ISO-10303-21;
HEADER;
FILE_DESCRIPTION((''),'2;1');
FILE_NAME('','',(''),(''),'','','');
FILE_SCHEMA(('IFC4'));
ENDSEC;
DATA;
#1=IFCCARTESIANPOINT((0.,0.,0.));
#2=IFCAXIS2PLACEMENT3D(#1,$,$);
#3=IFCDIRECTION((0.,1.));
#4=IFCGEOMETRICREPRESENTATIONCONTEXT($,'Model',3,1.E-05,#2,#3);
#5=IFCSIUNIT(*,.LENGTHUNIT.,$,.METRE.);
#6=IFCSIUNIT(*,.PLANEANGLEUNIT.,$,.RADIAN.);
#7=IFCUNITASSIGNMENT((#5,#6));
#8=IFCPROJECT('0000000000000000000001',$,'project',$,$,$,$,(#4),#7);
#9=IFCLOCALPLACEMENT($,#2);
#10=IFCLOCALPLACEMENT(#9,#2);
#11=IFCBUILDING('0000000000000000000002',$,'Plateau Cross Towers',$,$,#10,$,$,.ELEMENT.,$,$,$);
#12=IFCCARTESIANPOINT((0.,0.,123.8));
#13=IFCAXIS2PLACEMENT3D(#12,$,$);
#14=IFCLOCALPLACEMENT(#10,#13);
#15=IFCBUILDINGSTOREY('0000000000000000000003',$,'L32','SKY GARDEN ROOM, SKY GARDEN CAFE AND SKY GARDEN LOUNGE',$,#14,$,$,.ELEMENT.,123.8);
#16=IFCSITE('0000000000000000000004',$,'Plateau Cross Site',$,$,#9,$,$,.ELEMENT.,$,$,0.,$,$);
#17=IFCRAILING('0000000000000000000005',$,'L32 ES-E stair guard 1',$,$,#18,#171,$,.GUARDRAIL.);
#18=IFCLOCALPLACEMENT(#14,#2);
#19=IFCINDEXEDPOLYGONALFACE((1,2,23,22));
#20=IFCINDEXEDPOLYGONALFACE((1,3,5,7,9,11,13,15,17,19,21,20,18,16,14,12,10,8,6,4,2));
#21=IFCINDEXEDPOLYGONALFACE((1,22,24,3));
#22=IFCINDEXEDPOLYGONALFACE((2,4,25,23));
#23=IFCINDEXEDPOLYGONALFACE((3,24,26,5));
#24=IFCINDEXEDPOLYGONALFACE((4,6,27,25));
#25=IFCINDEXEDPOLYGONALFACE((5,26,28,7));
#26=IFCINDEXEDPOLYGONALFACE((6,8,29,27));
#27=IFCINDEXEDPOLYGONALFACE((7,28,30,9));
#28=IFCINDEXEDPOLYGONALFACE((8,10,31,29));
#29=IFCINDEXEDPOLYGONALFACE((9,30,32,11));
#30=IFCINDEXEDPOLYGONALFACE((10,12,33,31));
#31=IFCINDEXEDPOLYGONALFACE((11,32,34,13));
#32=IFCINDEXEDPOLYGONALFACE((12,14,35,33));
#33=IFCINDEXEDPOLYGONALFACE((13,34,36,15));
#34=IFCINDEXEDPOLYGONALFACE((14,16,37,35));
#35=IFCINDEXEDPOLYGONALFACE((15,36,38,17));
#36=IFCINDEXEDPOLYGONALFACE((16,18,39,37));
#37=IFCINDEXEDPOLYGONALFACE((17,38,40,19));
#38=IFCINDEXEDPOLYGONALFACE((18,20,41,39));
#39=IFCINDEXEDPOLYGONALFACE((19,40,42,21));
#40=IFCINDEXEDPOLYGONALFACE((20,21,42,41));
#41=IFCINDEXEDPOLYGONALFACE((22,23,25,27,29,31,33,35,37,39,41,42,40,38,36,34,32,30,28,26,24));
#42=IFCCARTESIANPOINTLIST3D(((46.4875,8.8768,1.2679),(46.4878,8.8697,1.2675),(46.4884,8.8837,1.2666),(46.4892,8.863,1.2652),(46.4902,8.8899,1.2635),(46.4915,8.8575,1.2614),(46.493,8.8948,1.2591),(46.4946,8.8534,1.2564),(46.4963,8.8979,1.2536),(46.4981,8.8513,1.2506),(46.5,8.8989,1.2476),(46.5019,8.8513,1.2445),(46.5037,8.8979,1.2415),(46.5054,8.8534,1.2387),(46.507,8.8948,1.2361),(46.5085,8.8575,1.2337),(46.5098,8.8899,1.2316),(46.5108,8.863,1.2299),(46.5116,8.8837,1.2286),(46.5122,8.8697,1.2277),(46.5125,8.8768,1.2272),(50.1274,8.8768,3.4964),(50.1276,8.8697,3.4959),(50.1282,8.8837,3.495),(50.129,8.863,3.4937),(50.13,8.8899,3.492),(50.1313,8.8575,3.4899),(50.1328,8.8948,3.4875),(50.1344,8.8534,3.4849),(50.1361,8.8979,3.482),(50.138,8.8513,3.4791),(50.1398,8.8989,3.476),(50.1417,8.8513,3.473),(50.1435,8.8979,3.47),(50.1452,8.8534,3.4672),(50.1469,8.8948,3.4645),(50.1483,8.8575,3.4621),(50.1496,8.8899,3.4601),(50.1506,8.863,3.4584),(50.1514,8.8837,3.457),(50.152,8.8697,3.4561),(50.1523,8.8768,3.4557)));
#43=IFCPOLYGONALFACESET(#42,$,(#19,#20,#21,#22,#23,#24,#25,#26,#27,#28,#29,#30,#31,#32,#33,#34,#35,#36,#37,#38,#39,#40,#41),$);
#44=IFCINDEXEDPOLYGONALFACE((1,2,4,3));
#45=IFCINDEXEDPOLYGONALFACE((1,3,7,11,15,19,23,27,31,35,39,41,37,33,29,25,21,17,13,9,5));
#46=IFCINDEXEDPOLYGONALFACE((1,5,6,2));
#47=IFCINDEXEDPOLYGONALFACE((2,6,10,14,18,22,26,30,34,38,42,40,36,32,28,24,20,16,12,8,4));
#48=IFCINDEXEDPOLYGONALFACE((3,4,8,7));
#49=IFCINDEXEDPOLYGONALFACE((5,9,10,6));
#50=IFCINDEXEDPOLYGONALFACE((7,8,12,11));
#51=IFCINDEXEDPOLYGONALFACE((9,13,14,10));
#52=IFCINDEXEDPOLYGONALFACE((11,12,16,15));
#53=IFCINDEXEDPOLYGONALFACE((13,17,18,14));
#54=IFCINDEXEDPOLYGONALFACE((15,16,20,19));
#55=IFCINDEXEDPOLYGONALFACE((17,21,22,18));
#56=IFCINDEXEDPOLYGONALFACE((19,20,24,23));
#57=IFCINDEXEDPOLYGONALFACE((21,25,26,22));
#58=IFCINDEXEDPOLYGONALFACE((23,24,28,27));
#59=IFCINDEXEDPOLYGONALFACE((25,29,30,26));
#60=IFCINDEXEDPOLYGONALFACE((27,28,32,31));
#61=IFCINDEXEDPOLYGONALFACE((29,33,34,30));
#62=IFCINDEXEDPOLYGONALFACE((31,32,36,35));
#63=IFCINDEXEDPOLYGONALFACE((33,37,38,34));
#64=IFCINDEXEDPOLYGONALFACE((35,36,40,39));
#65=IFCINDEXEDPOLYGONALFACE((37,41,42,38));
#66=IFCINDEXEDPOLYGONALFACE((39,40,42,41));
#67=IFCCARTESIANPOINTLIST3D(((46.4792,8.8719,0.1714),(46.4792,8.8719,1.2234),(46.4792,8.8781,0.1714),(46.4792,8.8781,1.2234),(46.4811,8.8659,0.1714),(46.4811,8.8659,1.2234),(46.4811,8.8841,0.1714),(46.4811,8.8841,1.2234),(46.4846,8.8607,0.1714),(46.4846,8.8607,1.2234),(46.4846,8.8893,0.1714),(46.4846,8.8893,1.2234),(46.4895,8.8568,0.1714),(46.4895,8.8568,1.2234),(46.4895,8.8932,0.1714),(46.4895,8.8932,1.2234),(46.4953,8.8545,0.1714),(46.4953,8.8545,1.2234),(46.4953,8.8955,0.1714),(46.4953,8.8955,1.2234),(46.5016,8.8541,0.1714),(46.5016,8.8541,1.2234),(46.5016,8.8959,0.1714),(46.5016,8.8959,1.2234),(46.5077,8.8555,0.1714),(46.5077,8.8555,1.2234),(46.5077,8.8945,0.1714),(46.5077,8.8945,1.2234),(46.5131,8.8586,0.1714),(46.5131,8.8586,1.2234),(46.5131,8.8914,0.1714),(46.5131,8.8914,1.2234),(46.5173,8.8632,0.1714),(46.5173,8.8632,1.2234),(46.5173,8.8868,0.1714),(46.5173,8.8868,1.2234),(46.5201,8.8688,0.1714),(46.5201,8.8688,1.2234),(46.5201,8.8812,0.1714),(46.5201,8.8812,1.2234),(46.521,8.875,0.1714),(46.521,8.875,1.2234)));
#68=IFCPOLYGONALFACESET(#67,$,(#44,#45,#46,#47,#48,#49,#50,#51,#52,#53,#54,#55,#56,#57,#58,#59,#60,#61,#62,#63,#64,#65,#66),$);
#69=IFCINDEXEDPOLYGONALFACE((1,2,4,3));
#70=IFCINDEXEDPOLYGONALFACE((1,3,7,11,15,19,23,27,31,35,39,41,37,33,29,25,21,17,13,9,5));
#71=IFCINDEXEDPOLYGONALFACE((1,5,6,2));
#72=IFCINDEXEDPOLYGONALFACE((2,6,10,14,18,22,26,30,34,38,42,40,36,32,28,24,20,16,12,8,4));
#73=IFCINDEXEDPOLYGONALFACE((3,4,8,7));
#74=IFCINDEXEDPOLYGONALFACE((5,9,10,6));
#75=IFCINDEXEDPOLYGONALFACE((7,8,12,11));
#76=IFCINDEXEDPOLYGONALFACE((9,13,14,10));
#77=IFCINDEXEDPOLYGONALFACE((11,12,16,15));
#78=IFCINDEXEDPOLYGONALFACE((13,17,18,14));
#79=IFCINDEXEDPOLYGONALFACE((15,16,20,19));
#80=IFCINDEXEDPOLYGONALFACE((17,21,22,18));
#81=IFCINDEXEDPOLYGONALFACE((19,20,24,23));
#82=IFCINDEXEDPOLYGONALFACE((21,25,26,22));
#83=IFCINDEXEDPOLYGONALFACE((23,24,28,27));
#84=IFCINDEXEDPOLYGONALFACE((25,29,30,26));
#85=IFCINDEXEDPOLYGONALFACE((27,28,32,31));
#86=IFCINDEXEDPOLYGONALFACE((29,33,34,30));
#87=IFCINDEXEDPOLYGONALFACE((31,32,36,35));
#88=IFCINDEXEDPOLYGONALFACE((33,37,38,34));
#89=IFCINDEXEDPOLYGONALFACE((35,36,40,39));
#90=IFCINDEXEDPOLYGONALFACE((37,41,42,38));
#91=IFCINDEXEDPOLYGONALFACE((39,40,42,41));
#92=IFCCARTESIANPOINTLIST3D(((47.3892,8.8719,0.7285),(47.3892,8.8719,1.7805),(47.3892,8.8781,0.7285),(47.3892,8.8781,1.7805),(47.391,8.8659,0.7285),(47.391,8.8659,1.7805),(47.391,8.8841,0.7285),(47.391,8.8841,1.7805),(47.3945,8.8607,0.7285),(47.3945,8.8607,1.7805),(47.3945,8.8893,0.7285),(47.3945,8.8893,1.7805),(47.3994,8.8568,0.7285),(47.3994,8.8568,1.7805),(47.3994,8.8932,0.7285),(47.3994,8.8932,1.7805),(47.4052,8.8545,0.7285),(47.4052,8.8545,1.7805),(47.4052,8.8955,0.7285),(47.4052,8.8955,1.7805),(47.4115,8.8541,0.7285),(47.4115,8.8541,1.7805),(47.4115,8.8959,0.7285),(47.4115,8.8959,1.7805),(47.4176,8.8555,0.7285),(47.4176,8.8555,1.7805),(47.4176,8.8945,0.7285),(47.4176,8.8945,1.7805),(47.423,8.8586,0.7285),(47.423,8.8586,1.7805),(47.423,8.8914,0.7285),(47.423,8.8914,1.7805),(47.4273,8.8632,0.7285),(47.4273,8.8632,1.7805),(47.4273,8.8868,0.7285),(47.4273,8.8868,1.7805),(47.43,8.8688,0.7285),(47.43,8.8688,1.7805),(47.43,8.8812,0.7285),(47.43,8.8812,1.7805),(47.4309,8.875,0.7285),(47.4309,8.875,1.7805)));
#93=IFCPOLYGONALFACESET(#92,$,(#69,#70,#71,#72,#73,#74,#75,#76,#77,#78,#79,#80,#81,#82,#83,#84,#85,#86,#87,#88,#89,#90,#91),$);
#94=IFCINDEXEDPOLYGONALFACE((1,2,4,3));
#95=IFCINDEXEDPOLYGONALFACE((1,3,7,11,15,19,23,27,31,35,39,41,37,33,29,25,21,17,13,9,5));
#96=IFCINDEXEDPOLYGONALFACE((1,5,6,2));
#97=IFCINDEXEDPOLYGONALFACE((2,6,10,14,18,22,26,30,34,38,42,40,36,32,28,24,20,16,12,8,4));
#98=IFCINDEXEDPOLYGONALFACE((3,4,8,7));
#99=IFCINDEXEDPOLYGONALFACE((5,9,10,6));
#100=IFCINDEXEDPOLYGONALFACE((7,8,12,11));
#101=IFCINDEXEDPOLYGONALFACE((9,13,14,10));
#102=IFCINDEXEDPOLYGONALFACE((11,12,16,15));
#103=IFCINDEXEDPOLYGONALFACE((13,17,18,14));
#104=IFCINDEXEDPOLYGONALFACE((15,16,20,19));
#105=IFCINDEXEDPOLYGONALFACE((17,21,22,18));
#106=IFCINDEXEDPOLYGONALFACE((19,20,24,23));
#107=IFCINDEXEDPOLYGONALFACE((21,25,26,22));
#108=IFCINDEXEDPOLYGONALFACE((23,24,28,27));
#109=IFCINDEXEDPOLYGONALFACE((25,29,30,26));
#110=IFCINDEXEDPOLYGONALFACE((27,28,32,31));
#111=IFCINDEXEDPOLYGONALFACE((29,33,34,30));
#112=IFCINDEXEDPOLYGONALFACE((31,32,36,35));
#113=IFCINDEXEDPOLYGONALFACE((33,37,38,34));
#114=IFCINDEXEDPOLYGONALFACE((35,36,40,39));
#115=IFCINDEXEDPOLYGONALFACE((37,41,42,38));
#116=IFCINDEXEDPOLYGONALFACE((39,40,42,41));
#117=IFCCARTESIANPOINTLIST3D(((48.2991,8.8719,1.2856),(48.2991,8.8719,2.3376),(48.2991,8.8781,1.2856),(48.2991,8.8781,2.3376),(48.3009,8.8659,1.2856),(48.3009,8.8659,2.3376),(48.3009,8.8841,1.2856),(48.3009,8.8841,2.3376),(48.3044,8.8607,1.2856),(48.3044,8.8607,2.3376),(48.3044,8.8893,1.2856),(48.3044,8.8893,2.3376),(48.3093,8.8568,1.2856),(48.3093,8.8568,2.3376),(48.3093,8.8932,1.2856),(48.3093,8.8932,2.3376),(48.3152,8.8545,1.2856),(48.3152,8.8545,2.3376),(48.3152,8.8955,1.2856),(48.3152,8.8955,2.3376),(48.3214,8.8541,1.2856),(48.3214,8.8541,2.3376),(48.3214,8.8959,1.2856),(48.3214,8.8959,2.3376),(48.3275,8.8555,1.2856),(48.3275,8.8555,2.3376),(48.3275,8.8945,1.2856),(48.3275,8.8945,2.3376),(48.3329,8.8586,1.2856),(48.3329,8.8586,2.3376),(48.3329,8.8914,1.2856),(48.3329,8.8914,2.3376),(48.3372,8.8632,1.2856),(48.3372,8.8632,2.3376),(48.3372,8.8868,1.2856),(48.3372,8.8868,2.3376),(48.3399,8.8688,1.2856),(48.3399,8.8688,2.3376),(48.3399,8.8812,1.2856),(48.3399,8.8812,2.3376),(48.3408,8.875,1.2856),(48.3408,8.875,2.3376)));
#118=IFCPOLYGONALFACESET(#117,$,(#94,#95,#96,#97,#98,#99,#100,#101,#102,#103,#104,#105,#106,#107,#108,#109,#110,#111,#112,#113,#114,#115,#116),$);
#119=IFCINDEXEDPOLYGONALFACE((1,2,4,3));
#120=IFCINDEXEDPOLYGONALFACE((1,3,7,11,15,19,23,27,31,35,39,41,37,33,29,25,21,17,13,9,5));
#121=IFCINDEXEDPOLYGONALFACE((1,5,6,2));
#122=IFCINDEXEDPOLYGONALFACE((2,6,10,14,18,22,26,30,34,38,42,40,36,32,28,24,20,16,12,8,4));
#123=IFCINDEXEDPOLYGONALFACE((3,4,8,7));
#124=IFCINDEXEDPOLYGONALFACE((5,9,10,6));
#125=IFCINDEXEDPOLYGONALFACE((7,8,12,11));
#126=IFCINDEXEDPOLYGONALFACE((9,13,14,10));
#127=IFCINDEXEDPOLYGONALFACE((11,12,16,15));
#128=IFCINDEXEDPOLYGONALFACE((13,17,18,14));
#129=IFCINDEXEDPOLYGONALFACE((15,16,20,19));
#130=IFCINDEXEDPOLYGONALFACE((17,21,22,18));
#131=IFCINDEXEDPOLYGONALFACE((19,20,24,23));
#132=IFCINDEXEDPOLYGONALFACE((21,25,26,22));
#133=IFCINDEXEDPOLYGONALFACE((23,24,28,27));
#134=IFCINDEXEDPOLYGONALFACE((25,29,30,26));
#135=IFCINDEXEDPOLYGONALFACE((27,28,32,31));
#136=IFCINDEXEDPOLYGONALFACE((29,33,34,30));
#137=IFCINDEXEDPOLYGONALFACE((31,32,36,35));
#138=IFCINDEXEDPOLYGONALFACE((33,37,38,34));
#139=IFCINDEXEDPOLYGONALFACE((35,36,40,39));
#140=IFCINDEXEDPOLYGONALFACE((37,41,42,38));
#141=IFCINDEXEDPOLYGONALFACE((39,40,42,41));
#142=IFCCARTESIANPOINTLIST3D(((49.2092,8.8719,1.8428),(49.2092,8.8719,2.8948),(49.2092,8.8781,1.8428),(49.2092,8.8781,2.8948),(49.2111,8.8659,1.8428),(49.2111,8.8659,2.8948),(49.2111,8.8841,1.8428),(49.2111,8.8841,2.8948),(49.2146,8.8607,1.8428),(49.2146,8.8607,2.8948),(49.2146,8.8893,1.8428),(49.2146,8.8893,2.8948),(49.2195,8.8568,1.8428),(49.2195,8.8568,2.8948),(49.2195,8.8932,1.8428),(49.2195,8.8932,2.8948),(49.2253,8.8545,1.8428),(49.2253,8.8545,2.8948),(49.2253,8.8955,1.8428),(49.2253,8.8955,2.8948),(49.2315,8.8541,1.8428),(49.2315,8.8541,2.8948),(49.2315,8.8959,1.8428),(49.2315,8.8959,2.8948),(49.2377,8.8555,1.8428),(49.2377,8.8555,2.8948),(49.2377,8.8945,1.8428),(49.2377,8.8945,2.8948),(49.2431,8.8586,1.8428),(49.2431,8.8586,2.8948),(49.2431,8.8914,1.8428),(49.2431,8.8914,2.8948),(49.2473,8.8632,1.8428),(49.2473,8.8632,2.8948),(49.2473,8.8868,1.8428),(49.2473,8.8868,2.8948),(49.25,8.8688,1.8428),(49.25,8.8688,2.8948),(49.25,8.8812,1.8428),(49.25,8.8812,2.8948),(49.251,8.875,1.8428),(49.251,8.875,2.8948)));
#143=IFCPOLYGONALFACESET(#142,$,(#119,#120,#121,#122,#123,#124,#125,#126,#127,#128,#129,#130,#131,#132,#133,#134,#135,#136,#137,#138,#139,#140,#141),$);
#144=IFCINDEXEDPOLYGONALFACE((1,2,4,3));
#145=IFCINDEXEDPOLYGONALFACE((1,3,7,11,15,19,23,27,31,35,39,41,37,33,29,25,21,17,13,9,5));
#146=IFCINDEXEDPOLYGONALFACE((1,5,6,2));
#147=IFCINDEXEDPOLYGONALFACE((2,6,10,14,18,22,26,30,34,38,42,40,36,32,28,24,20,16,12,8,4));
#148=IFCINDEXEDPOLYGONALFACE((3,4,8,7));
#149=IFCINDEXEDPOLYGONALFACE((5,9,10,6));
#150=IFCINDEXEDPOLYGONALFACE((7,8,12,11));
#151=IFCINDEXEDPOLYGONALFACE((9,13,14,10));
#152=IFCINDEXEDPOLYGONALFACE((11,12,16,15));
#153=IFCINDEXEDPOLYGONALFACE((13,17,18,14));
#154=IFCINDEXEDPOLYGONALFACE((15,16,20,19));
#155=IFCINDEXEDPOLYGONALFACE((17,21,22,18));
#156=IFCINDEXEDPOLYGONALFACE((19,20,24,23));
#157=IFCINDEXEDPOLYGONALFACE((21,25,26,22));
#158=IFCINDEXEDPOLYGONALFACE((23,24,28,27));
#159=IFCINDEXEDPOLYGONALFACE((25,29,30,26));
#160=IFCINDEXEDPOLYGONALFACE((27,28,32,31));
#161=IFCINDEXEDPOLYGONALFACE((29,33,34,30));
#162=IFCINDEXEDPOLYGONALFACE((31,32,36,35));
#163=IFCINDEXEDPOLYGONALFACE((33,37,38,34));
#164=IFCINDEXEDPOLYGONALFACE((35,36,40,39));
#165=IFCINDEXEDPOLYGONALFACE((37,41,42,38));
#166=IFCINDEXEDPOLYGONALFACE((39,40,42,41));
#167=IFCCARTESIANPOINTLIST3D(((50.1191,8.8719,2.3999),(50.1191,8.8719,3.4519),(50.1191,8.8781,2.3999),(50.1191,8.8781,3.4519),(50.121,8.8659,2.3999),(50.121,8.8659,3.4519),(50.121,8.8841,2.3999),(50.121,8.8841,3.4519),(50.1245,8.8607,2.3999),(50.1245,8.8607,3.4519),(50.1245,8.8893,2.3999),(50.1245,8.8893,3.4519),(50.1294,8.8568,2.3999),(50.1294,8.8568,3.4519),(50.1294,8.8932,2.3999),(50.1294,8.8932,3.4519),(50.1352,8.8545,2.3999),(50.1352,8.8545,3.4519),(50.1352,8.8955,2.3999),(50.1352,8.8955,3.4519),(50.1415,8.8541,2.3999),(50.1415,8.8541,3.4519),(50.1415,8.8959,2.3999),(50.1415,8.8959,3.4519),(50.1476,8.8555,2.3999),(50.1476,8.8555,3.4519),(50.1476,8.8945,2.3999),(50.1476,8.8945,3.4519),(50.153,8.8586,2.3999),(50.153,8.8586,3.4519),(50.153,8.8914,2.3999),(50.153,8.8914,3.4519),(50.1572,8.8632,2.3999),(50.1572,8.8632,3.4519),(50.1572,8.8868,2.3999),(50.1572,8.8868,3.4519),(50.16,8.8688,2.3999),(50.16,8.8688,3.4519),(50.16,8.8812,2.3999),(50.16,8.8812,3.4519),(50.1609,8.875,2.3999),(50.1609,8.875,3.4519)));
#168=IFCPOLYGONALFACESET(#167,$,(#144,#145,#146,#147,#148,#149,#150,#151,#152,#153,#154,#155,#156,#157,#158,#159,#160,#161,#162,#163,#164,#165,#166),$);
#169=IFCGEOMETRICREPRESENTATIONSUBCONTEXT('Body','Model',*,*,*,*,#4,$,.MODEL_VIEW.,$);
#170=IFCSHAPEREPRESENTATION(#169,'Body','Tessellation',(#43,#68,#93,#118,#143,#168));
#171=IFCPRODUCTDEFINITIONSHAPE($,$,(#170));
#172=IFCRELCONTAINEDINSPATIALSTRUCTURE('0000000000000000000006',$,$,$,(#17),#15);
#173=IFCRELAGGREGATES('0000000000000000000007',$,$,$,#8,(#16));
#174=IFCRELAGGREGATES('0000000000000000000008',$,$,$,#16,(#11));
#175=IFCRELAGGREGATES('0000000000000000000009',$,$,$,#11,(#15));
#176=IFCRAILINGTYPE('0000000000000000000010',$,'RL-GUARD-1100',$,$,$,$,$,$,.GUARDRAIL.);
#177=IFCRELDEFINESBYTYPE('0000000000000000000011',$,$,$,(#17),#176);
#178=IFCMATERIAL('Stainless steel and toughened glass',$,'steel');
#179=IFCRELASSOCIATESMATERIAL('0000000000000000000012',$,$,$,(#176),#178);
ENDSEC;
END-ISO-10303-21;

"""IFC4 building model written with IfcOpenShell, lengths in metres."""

from ifc_helpers import new_model, si_unit, direction, frame, origin, origin_2d, place, context, subcontext, project, spatial, circle, extrude, material, type_object, element, save


model = new_model("IFC4")

# Units and contexts
model_context = context("Model", 3, precision=1e-05, world=origin(), true_north=direction((0.0, 1.0)))
body_context = subcontext(model_context, "Body", "Model", "MODEL_VIEW")
ifc_project = project(units=[si_unit("LENGTHUNIT", "METRE"), si_unit("PLANEANGLEUNIT", "RADIAN")], contexts=[model_context])

# Site, building, storey
site_placement = place(None, origin())
site = spatial("IfcSite", under=ifc_project, at=site_placement, Name="Plateau Cross Site", CompositionType="ELEMENT", RefElevation=0.0)
building_placement = place(site_placement, origin())
building = spatial("IfcBuilding", under=site, at=building_placement, Name="Plateau Cross Towers", CompositionType="ELEMENT")
storey_placement = place(building_placement, frame((0.0, 0.0, 123.8)))
storey = spatial("IfcBuildingStorey", under=building, at=storey_placement, Name="L32", Description="SKY GARDEN ROOM, SKY GARDEN CAFE AND SKY GARDEN LOUNGE", CompositionType="ELEMENT", Elevation=123.8)

# Railing
ifc_material_1 = material(Name="Stainless steel and toughened glass", Category="steel")
railing_type_1 = type_object("IfcRailingType", Name="RL-GUARD-1100", PredefinedType="GUARDRAIL", material=ifc_material_1)
railing_1_placement = place(storey_placement, frame((46.5, 8.875, 0.1714)))
element("IfcRailing", 1, at=railing_1_placement, inside=storey, type_object=railing_type_1, Name="L32 ES-E stair guard 1", PredefinedType="GUARDRAIL", context=body_context, shape_type="SweptSolid", body=[
    extrude(circle(Radius=0.0239, at=origin_2d()), frame((0.0, 0.0, 1.0762), z_axis=(0.85285, 0.0, 0.522156), x_axis=(0.0, 1.0, 0.0)), (0.0, 0.0, 1.0), 4.2678),
    extrude(circle(Radius=0.021, at=origin_2d()), origin(), (0.0, 0.0, 1.0), 1.052),
    extrude(circle(Radius=0.021, at=origin_2d()), frame((0.9099, 0.0, 0.5571)), (0.0, 0.0, 1.0), 1.052),
    extrude(circle(Radius=0.021, at=origin_2d()), frame((1.8198, 0.0, 1.1143)), (0.0, 0.0, 1.0), 1.052),
    extrude(circle(Radius=0.021, at=origin_2d()), frame((2.73, 0.0, 1.6714)), (0.0, 0.0, 1.0), 1.052),
    extrude(circle(Radius=0.021, at=origin_2d()), frame((3.6399, 0.0, 2.2285)), (0.0, 0.0, 1.0), 1.052),
])

save(model, "model.ifc")
